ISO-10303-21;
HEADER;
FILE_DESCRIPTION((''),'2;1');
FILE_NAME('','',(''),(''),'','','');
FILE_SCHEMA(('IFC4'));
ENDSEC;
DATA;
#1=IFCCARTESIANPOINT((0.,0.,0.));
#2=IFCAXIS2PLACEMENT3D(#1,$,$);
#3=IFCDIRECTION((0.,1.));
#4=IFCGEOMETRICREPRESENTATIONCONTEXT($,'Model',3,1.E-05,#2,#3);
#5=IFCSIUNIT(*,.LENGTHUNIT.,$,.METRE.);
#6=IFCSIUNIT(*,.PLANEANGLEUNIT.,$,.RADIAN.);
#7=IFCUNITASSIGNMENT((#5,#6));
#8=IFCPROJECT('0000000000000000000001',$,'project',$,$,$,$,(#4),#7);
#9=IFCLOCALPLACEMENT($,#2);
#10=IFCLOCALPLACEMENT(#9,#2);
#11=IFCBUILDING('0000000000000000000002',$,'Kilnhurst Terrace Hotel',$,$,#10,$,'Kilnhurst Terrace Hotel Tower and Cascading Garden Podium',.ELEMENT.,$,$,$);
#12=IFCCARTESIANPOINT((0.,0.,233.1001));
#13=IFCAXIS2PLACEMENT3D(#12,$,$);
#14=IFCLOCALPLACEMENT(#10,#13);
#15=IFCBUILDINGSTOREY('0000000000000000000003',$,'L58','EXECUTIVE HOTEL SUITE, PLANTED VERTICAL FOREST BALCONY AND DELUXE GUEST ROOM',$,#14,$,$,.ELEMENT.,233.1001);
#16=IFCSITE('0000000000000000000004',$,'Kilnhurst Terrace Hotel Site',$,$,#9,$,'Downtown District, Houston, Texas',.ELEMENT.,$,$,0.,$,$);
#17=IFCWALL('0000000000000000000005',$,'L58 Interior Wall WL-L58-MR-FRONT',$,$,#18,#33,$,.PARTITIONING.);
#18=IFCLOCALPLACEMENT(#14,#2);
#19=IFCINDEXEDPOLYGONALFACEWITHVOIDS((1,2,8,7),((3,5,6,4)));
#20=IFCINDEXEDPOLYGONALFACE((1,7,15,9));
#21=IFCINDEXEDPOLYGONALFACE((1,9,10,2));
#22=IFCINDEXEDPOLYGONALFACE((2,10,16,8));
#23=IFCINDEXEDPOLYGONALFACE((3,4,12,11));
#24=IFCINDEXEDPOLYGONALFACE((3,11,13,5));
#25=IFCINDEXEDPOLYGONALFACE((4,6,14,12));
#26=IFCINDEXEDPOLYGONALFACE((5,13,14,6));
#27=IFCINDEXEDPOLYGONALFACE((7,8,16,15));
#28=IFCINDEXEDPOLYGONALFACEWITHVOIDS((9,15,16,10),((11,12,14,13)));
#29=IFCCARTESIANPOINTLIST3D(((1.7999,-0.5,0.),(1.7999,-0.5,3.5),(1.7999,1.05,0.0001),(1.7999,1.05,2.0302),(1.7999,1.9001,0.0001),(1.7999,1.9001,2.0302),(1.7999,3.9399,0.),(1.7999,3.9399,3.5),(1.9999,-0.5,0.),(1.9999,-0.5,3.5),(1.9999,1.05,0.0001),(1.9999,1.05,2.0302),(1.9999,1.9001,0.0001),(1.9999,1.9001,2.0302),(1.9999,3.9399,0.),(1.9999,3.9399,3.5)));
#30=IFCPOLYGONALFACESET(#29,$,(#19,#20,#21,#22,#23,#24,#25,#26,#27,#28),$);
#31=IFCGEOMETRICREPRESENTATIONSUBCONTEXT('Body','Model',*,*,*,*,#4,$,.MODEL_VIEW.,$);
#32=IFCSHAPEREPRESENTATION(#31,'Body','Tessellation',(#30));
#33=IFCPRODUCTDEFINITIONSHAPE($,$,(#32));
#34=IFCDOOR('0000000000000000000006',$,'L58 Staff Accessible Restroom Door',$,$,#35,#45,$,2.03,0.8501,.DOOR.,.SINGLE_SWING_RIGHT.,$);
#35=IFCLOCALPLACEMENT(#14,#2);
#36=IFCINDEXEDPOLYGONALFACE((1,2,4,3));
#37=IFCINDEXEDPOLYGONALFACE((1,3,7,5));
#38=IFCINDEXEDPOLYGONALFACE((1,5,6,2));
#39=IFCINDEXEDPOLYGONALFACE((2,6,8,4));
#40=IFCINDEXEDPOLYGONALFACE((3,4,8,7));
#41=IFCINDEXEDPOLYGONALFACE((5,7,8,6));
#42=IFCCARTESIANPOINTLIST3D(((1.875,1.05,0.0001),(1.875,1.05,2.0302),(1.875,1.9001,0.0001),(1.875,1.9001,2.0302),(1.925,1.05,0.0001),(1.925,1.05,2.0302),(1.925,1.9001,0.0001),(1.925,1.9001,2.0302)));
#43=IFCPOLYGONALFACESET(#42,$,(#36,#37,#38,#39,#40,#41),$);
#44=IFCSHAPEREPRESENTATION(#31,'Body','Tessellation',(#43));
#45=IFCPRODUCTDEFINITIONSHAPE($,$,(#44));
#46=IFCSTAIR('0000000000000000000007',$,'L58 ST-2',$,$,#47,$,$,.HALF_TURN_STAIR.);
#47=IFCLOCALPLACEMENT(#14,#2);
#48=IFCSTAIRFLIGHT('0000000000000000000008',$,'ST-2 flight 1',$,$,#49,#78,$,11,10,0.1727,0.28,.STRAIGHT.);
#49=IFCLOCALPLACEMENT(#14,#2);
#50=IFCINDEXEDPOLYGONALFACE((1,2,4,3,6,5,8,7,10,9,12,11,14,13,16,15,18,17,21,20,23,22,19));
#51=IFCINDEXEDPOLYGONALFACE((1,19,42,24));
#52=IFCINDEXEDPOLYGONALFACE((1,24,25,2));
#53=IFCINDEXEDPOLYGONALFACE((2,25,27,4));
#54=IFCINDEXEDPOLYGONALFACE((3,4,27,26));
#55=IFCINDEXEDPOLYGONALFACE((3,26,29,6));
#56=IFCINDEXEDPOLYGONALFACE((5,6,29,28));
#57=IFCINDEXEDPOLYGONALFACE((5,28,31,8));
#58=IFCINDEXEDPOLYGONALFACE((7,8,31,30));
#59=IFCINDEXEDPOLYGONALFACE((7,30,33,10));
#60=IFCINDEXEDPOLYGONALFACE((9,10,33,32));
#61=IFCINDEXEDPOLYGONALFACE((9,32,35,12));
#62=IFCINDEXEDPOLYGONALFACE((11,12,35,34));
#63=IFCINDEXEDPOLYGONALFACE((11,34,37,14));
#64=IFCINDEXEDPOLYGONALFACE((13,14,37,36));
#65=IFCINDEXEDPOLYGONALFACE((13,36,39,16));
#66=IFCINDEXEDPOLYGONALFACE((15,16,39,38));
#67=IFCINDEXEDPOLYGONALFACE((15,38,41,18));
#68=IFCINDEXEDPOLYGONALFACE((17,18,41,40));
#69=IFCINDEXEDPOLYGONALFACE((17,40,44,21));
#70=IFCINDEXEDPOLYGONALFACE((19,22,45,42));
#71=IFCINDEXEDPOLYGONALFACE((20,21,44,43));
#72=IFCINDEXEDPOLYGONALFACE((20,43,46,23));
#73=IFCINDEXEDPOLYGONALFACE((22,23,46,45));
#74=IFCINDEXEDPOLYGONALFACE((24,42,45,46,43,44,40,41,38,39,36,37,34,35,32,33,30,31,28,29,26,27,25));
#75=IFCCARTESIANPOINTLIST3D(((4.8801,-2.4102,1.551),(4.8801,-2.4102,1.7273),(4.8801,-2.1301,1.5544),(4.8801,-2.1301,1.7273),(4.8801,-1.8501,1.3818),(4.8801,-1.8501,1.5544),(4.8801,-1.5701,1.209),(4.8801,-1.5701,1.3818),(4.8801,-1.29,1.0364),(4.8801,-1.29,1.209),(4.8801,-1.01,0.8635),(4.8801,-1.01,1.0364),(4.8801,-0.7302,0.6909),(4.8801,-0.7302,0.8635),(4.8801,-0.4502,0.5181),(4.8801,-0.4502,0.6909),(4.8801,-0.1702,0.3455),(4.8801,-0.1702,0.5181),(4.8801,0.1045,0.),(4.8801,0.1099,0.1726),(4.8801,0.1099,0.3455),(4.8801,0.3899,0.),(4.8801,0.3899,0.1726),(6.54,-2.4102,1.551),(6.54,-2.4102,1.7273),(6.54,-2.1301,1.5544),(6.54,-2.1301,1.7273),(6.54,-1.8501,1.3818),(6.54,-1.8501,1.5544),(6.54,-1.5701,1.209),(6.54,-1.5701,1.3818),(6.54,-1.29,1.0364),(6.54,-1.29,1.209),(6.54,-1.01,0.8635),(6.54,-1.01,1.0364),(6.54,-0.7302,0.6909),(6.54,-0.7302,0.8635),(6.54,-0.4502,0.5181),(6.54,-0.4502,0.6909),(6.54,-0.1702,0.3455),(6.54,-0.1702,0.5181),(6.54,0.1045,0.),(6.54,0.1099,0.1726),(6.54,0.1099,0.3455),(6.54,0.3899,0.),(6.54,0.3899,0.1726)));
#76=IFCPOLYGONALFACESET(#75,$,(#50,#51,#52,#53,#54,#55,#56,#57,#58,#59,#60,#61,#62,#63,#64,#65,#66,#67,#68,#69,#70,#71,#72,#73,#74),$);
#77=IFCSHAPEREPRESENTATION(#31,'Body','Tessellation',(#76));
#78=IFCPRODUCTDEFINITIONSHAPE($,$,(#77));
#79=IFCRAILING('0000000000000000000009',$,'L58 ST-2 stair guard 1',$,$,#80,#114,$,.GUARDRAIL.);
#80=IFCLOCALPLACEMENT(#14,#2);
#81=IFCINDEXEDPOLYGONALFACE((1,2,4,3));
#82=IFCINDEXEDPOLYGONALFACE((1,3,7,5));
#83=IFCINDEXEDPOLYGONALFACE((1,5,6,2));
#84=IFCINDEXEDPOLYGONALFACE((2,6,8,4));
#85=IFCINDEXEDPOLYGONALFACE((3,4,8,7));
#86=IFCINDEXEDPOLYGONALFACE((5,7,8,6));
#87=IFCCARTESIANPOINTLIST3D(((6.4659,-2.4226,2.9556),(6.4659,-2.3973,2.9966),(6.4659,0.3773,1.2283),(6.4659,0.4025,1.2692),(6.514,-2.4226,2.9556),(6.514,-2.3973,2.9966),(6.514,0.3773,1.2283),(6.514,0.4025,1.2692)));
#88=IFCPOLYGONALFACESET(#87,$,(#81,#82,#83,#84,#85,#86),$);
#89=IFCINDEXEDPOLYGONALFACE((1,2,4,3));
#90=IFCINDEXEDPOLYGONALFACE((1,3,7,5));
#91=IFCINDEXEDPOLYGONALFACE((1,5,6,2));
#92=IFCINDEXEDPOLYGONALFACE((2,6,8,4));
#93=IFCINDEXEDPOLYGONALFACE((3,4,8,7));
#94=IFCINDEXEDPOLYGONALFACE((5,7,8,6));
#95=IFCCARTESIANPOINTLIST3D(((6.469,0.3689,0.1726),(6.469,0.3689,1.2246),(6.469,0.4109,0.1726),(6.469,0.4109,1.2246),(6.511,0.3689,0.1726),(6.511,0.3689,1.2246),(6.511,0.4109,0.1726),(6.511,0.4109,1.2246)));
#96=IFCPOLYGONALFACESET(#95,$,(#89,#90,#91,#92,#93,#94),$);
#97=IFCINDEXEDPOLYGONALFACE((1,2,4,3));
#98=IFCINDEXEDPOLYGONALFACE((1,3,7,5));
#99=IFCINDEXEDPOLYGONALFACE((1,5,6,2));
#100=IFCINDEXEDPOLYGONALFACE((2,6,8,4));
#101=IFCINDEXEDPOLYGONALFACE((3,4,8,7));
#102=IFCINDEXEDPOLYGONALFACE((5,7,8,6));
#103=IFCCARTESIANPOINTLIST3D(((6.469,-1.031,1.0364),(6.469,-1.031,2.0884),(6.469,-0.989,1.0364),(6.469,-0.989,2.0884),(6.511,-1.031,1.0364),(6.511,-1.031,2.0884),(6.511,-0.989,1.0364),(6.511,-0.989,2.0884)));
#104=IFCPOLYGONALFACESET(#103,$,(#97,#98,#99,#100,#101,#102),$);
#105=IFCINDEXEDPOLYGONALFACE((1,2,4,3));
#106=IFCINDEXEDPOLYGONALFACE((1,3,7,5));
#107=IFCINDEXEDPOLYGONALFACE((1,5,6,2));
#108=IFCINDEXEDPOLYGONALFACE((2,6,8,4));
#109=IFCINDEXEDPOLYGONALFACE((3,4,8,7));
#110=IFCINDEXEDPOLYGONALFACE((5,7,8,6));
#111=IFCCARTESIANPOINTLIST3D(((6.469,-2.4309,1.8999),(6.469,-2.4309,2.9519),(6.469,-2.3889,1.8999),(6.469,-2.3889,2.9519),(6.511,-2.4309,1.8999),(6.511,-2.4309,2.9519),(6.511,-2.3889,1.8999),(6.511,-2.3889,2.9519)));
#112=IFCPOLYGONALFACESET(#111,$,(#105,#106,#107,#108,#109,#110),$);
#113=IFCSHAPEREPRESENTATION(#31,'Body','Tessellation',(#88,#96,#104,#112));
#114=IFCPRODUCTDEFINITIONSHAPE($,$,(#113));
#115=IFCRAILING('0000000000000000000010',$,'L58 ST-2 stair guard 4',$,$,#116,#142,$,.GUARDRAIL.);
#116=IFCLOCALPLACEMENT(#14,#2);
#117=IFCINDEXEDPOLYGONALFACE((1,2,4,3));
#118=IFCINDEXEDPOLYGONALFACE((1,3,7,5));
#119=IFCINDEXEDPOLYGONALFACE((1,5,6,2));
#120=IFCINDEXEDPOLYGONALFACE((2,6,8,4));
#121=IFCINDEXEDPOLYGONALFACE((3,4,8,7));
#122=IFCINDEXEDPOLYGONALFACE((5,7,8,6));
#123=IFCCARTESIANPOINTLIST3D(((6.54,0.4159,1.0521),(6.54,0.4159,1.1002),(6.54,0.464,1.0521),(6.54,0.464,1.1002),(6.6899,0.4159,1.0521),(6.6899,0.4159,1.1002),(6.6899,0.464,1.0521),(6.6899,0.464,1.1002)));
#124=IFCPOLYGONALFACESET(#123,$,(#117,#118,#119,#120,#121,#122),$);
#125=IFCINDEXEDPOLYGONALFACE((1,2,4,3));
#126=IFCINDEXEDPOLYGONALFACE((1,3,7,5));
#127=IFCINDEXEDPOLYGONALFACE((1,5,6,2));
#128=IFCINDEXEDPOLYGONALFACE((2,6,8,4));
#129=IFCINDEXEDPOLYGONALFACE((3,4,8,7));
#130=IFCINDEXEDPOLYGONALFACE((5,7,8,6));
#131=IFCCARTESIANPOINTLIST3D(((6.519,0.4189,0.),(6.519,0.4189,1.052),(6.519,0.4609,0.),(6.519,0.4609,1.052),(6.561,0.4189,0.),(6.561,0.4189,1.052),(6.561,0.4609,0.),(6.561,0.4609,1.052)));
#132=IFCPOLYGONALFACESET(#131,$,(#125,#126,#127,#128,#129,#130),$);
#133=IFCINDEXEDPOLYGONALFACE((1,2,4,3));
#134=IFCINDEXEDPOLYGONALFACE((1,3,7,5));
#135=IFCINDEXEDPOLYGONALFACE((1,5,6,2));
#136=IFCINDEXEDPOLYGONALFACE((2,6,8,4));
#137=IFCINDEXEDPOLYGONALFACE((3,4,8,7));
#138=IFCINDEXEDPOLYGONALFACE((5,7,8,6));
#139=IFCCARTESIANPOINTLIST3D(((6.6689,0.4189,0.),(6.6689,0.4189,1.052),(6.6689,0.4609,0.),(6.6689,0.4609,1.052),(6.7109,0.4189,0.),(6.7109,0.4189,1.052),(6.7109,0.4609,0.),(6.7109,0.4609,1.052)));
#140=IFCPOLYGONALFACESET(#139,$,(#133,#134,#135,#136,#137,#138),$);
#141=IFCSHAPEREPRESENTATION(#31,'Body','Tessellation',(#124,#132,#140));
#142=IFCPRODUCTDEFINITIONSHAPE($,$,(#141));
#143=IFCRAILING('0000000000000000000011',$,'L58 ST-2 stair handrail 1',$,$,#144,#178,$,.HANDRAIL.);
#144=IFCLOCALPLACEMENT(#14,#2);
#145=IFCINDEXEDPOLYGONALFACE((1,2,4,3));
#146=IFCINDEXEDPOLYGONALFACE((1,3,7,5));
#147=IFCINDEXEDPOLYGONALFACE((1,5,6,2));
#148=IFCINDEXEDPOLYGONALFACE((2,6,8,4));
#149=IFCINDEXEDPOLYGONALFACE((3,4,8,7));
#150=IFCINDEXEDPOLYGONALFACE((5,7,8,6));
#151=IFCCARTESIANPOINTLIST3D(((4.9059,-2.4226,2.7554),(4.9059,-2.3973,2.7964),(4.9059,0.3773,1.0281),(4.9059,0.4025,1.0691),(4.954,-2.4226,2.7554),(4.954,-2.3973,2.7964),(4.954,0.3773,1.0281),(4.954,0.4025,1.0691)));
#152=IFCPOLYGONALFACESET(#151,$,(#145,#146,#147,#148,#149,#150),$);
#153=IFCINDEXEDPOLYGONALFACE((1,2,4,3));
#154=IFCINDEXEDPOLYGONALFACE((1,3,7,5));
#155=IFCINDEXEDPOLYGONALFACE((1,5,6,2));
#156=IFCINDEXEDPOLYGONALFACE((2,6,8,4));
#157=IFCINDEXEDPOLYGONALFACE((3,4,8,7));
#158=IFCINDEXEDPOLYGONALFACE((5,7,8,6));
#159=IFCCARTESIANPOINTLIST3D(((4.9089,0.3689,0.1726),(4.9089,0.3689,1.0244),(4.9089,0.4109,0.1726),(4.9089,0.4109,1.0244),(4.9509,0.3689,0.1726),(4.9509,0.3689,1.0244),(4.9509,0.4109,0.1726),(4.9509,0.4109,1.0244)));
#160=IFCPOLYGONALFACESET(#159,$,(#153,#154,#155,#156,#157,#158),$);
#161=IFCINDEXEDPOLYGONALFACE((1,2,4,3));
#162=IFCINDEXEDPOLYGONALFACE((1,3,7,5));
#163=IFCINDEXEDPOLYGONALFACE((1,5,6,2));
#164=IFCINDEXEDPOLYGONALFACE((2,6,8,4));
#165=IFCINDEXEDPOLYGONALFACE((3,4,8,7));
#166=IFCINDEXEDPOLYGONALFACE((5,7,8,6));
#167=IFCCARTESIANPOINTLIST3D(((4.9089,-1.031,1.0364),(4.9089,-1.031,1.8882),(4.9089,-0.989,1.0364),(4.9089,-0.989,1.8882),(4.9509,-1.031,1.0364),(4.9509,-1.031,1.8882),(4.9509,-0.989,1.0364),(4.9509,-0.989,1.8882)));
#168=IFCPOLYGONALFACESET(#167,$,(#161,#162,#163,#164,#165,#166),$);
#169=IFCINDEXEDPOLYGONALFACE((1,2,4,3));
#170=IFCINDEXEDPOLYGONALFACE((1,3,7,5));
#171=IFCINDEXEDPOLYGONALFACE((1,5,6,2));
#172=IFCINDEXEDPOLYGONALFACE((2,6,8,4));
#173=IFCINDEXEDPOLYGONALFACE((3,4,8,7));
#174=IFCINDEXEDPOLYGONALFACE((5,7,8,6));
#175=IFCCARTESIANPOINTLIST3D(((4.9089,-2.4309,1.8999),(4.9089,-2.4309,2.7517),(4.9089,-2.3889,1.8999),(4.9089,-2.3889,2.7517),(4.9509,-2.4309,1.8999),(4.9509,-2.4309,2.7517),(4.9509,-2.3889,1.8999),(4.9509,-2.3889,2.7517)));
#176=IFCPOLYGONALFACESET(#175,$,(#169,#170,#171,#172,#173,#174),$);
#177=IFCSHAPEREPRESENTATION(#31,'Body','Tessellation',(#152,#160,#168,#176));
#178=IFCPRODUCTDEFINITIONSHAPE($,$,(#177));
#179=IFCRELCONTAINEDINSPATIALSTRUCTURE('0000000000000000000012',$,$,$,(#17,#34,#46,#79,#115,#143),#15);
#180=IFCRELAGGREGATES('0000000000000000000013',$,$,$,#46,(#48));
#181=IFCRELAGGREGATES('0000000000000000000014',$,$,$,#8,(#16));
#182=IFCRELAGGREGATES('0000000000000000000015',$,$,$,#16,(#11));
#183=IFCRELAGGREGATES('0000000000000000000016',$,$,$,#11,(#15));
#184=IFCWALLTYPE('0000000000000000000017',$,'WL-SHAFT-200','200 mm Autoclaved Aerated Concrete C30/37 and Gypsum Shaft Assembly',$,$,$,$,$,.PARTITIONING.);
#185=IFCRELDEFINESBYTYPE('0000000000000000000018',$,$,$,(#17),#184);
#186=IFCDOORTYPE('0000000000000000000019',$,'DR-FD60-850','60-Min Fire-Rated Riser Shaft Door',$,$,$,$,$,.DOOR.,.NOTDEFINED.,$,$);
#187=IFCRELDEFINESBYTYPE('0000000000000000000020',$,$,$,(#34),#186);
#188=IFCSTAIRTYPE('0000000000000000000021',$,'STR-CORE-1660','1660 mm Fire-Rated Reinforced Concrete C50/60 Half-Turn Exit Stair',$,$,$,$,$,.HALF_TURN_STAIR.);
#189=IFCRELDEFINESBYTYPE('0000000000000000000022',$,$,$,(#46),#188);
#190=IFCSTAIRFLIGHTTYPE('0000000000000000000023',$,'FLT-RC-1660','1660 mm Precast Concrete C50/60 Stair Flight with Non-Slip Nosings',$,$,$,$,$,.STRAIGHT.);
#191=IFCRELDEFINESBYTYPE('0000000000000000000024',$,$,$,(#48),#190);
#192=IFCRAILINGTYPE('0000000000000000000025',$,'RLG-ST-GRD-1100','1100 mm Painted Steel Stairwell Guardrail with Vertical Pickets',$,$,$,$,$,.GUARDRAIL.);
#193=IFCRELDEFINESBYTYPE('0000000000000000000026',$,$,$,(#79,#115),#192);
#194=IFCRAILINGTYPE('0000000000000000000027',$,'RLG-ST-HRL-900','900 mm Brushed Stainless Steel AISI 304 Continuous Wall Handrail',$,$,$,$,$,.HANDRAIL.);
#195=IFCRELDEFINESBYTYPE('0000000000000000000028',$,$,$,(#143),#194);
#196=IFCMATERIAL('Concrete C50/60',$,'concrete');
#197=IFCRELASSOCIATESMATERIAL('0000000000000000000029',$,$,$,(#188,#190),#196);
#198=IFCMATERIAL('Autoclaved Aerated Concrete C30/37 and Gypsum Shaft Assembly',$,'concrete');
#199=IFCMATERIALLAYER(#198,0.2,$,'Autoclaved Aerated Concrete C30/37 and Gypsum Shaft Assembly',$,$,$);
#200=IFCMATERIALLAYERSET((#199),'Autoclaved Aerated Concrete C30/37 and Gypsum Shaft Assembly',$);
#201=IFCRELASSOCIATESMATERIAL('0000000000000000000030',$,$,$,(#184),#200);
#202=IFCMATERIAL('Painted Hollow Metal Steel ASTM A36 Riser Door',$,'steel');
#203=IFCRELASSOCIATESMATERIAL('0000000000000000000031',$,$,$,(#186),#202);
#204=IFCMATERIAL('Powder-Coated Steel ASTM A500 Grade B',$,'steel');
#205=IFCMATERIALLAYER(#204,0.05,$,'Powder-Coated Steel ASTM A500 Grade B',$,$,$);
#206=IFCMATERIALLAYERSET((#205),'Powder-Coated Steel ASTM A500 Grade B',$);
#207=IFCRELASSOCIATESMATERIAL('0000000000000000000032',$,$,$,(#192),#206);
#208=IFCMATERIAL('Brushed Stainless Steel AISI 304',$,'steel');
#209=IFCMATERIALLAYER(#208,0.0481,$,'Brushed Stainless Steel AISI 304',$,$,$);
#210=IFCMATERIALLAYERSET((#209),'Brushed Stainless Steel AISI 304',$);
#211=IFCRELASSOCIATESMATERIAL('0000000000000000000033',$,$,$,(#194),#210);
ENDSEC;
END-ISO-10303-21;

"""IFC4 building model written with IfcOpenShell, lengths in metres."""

from ifc_helpers import new_model, si_unit, direction, frame, frame_2d, origin, origin_2d, place, context, subcontext, project, spatial, polyline, rectangle, outline, extrude, material, layer, layer_set, type_object, element, fill, aggregate, save


model = new_model("IFC4")

# Units and contexts
model_context = context("Model", 3, precision=1e-05, world=origin(), true_north=direction((0.0, 1.0)))
body_context = subcontext(model_context, "Body", "Model", "MODEL_VIEW")
ifc_project = project(units=[si_unit("LENGTHUNIT", "METRE"), si_unit("PLANEANGLEUNIT", "RADIAN")], contexts=[model_context])

# Site, building, storey
site_placement = place(None, origin())
site = spatial("IfcSite", under=ifc_project, at=site_placement, Name="Kilnhurst Terrace Hotel Site", LongName="Downtown District, Houston, Texas", CompositionType="ELEMENT", RefElevation=0.0)
building_placement = place(site_placement, origin())
building = spatial("IfcBuilding", under=site, at=building_placement, Name="Kilnhurst Terrace Hotel", LongName="Kilnhurst Terrace Hotel Tower and Cascading Garden Podium", CompositionType="ELEMENT")
storey_placement = place(building_placement, frame((0.0, 0.0, 233.1001)))
storey = spatial("IfcBuildingStorey", under=building, at=storey_placement, Name="L58", Description="EXECUTIVE HOTEL SUITE, PLANTED VERTICAL FOREST BALCONY AND DELUXE GUEST ROOM", CompositionType="ELEMENT", Elevation=233.1001)

# Shared definitions
ifc_material_1 = material(Name="Concrete C50/60", Category="concrete")
stair_type = type_object("IfcStairType", Name="STR-CORE-1660", Description="1660 mm Fire-Rated Reinforced Concrete C50/60 Half-Turn Exit Stair", PredefinedType="HALF_TURN_STAIR", material=ifc_material_1)

# Shared definitions
ifc_material_2 = material(Name="Autoclaved Aerated Concrete C30/37 and Gypsum Shaft Assembly", Category="concrete")
ifc_layer_1 = layer(ifc_material_2, 0.2, Name="Autoclaved Aerated Concrete C30/37 and Gypsum Shaft Assembly")
ifc_layer_set_1 = layer_set([ifc_layer_1], Name="Autoclaved Aerated Concrete C30/37 and Gypsum Shaft Assembly")
wall_type_1 = type_object("IfcWallType", Name="WL-SHAFT-200", Description="200 mm Autoclaved Aerated Concrete C30/37 and Gypsum Shaft Assembly", PredefinedType="PARTITIONING", material=ifc_layer_set_1)
ifc_material_3 = material(Name="Painted Hollow Metal Steel ASTM A36 Riser Door", Category="steel")
door_type_1 = type_object("IfcDoorType", Name="DR-FD60-850", Description="60-Min Fire-Rated Riser Shaft Door", OperationType="NOTDEFINED", PredefinedType="DOOR", material=ifc_material_3)

# Wall, opening, door
wall_1_placement = place(storey_placement, frame((1.8999, -0.5, 0.0), z_axis=(0.0, 0.0, 1.0), x_axis=(0.0, 1.0, 0.0)))
wall_1 = element("IfcWall", 1, at=wall_1_placement, inside=storey, type_object=wall_type_1, Name="L58 Interior Wall WL-L58-MR-FRONT", PredefinedType="PARTITIONING", context=body_context, shape_type="SweptSolid", body=[
    extrude(rectangle(XDim=4.4399, YDim=0.2, at=frame_2d((2.22, 0.0))), origin(), (0.0, 0.0, 1.0), 3.5),
])
opening_1_placement = place(wall_1_placement, frame((1.55, 0.0, 0.0)))
opening_1 = element("IfcOpeningElement", 2, at=opening_1_placement, cuts=wall_1, PredefinedType="OPENING", context=body_context, shape_type="SweptSolid", body=[
    extrude(rectangle(XDim=0.8501, YDim=2.03, at=frame_2d((0.425, 1.0151))), frame((0.0, 0.1099, 0.0), z_axis=(0.0, -1.0, 0.0), x_axis=(1.0, 0.0, 0.0)), (0.0, 0.0, 1.0), 0.22),
])
door_1_placement = place(opening_1_placement, origin())
door_1 = element("IfcDoor", 3, at=door_1_placement, inside=storey, type_object=door_type_1, Name="L58 Staff Accessible Restroom Door", OperationType="SINGLE_SWING_RIGHT", OverallHeight=2.03, OverallWidth=0.8501, PredefinedType="DOOR", context=body_context, shape_type="SweptSolid", body=[
    extrude(rectangle(XDim=0.8501, YDim=2.03, at=frame_2d((0.425, 1.0151))), frame((0.0, 0.0249, 0.0), z_axis=(0.0, -1.0, 0.0), x_axis=(1.0, 0.0, 0.0)), (0.0, 0.0, 1.0), 0.05),
])
fill(opening_1, door_1)

# Stair, stair flight
stair_1_placement = place(storey_placement, origin())
stair_1 = element("IfcStair", 4, at=stair_1_placement, inside=storey, type_object=stair_type, Name="L58 ST-2", PredefinedType="HALF_TURN_STAIR")
stair_flight_type = type_object("IfcStairFlightType", Name="FLT-RC-1660", Description="1660 mm Precast Concrete C50/60 Stair Flight with Non-Slip Nosings", PredefinedType="STRAIGHT", material=ifc_material_1)
stair_flight_placement = place(storey_placement, frame((5.71, 0.3899, 0.0), z_axis=(0.0, 0.0, 1.0), x_axis=(0.0, -1.0, 0.0)))
stair_flight = element("IfcStairFlight", 5, at=stair_flight_placement, type_object=stair_flight_type, Name="ST-2 flight 1", NumberOfRisers=11, NumberOfTreads=10, PredefinedType="STRAIGHT", RiserHeight=0.1727, TreadLength=0.28, context=body_context, shape_type="SweptSolid", body=[
    extrude(outline(polyline([(0.0, 0.0), (0.0, 0.1726), (0.28, 0.1726), (0.28, 0.3455), (0.5601, 0.3455), (0.5601, 0.5181), (0.8401, 0.5181), (0.8401, 0.6909), (1.1201, 0.6909), (1.1201, 0.8635), (1.3999, 0.8635), (1.3999, 1.0364), (1.6799, 1.0364), (1.6799, 1.209), (1.96, 1.209), (1.96, 1.3818), (2.24, 1.3818), (2.24, 1.5544), (2.52, 1.5544), (2.52, 1.7273), (2.8, 1.7273), (2.8, 1.8999), (2.8, 1.551), (0.2854, 0.0), (0.0, 0.0)])), frame((0.0, 0.8301, 0.0), z_axis=(0.0, -1.0, 0.0), x_axis=(1.0, 0.0, 0.0)), (0.0, 0.0, 1.0), 1.6599),
])
aggregate(stair_1, [stair_flight])

# Railings
ifc_material_4 = material(Name="Powder-Coated Steel ASTM A500 Grade B", Category="steel")
ifc_layer_2 = layer(ifc_material_4, 0.05, Name="Powder-Coated Steel ASTM A500 Grade B")
ifc_layer_set_2 = layer_set([ifc_layer_2], Name="Powder-Coated Steel ASTM A500 Grade B")
railing_type_1 = type_object("IfcRailingType", Name="RLG-ST-GRD-1100", Description="1100 mm Painted Steel Stairwell Guardrail with Vertical Pickets", PredefinedType="GUARDRAIL", material=ifc_layer_set_2)
railing_1_placement = place(storey_placement, frame((6.49, 0.3899, 0.1726)))
element("IfcRailing", 6, at=railing_1_placement, inside=storey, type_object=railing_type_1, Name="L58 ST-2 stair guard 1", PredefinedType="GUARDRAIL", context=body_context, shape_type="SweptSolid", body=[
    extrude(rectangle(XDim=0.0481, YDim=0.0481, at=origin_2d()), frame((0.0, 0.0, 1.0762), z_axis=(0.0, -0.851069, 0.525054), x_axis=(1.0, 0.0, 0.0)), (0.0, 0.0, 1.0), 3.2898),
    extrude(rectangle(XDim=0.042, YDim=0.042, at=origin_2d()), origin(), (0.0, 0.0, 1.0), 1.052),
    extrude(rectangle(XDim=0.042, YDim=0.042, at=origin_2d()), frame((0.0, -1.3999, 0.8638)), (0.0, 0.0, 1.0), 1.052),
    extrude(rectangle(XDim=0.042, YDim=0.042, at=origin_2d()), frame((0.0, -2.7998, 1.7273)), (0.0, 0.0, 1.0), 1.052),
])
railing_2_placement = place(storey_placement, frame((6.54, 0.4399, 0.0)))
element("IfcRailing", 7, at=railing_2_placement, inside=storey, type_object=railing_type_1, Name="L58 ST-2 stair guard 4", PredefinedType="GUARDRAIL", context=body_context, shape_type="SweptSolid", body=[
    extrude(rectangle(XDim=0.0481, YDim=0.0481, at=origin_2d()), frame((0.0, 0.0, 1.0762), z_axis=(1.0, 0.0, 0.0), x_axis=(0.0, 1.0, 0.0)), (0.0, 0.0, 1.0), 0.1499),
    extrude(rectangle(XDim=0.042, YDim=0.042, at=origin_2d()), origin(), (0.0, 0.0, 1.0), 1.052),
    extrude(rectangle(XDim=0.042, YDim=0.042, at=origin_2d()), frame((0.1499, 0.0, 0.0)), (0.0, 0.0, 1.0), 1.052),
])
ifc_material_5 = material(Name="Brushed Stainless Steel AISI 304", Category="steel")
ifc_layer_3 = layer(ifc_material_5, 0.0481, Name="Brushed Stainless Steel AISI 304")
ifc_layer_set_3 = layer_set([ifc_layer_3], Name="Brushed Stainless Steel AISI 304")
railing_type_2 = type_object("IfcRailingType", Name="RLG-ST-HRL-900", Description="900 mm Brushed Stainless Steel AISI 304 Continuous Wall Handrail", PredefinedType="HANDRAIL", material=ifc_layer_set_3)
railing_3_placement = place(storey_placement, frame((4.9299, 0.3899, 0.1726)))
element("IfcRailing", 8, at=railing_3_placement, inside=storey, type_object=railing_type_2, Name="L58 ST-2 stair handrail 1", PredefinedType="HANDRAIL", context=body_context, shape_type="SweptSolid", body=[
    extrude(rectangle(XDim=0.0481, YDim=0.0481, at=origin_2d()), frame((0.0, 0.0, 0.876), z_axis=(0.0, -0.851069, 0.525054), x_axis=(1.0, 0.0, 0.0)), (0.0, 0.0, 1.0), 3.2898),
    extrude(rectangle(XDim=0.042, YDim=0.042, at=origin_2d()), origin(), (0.0, 0.0, 1.0), 0.8518),
    extrude(rectangle(XDim=0.042, YDim=0.042, at=origin_2d()), frame((0.0, -1.3999, 0.8638)), (0.0, 0.0, 1.0), 0.8518),
    extrude(rectangle(XDim=0.042, YDim=0.042, at=origin_2d()), frame((0.0, -2.7998, 1.7273)), (0.0, 0.0, 1.0), 0.8518),
])

save(model, "model.ifc")
